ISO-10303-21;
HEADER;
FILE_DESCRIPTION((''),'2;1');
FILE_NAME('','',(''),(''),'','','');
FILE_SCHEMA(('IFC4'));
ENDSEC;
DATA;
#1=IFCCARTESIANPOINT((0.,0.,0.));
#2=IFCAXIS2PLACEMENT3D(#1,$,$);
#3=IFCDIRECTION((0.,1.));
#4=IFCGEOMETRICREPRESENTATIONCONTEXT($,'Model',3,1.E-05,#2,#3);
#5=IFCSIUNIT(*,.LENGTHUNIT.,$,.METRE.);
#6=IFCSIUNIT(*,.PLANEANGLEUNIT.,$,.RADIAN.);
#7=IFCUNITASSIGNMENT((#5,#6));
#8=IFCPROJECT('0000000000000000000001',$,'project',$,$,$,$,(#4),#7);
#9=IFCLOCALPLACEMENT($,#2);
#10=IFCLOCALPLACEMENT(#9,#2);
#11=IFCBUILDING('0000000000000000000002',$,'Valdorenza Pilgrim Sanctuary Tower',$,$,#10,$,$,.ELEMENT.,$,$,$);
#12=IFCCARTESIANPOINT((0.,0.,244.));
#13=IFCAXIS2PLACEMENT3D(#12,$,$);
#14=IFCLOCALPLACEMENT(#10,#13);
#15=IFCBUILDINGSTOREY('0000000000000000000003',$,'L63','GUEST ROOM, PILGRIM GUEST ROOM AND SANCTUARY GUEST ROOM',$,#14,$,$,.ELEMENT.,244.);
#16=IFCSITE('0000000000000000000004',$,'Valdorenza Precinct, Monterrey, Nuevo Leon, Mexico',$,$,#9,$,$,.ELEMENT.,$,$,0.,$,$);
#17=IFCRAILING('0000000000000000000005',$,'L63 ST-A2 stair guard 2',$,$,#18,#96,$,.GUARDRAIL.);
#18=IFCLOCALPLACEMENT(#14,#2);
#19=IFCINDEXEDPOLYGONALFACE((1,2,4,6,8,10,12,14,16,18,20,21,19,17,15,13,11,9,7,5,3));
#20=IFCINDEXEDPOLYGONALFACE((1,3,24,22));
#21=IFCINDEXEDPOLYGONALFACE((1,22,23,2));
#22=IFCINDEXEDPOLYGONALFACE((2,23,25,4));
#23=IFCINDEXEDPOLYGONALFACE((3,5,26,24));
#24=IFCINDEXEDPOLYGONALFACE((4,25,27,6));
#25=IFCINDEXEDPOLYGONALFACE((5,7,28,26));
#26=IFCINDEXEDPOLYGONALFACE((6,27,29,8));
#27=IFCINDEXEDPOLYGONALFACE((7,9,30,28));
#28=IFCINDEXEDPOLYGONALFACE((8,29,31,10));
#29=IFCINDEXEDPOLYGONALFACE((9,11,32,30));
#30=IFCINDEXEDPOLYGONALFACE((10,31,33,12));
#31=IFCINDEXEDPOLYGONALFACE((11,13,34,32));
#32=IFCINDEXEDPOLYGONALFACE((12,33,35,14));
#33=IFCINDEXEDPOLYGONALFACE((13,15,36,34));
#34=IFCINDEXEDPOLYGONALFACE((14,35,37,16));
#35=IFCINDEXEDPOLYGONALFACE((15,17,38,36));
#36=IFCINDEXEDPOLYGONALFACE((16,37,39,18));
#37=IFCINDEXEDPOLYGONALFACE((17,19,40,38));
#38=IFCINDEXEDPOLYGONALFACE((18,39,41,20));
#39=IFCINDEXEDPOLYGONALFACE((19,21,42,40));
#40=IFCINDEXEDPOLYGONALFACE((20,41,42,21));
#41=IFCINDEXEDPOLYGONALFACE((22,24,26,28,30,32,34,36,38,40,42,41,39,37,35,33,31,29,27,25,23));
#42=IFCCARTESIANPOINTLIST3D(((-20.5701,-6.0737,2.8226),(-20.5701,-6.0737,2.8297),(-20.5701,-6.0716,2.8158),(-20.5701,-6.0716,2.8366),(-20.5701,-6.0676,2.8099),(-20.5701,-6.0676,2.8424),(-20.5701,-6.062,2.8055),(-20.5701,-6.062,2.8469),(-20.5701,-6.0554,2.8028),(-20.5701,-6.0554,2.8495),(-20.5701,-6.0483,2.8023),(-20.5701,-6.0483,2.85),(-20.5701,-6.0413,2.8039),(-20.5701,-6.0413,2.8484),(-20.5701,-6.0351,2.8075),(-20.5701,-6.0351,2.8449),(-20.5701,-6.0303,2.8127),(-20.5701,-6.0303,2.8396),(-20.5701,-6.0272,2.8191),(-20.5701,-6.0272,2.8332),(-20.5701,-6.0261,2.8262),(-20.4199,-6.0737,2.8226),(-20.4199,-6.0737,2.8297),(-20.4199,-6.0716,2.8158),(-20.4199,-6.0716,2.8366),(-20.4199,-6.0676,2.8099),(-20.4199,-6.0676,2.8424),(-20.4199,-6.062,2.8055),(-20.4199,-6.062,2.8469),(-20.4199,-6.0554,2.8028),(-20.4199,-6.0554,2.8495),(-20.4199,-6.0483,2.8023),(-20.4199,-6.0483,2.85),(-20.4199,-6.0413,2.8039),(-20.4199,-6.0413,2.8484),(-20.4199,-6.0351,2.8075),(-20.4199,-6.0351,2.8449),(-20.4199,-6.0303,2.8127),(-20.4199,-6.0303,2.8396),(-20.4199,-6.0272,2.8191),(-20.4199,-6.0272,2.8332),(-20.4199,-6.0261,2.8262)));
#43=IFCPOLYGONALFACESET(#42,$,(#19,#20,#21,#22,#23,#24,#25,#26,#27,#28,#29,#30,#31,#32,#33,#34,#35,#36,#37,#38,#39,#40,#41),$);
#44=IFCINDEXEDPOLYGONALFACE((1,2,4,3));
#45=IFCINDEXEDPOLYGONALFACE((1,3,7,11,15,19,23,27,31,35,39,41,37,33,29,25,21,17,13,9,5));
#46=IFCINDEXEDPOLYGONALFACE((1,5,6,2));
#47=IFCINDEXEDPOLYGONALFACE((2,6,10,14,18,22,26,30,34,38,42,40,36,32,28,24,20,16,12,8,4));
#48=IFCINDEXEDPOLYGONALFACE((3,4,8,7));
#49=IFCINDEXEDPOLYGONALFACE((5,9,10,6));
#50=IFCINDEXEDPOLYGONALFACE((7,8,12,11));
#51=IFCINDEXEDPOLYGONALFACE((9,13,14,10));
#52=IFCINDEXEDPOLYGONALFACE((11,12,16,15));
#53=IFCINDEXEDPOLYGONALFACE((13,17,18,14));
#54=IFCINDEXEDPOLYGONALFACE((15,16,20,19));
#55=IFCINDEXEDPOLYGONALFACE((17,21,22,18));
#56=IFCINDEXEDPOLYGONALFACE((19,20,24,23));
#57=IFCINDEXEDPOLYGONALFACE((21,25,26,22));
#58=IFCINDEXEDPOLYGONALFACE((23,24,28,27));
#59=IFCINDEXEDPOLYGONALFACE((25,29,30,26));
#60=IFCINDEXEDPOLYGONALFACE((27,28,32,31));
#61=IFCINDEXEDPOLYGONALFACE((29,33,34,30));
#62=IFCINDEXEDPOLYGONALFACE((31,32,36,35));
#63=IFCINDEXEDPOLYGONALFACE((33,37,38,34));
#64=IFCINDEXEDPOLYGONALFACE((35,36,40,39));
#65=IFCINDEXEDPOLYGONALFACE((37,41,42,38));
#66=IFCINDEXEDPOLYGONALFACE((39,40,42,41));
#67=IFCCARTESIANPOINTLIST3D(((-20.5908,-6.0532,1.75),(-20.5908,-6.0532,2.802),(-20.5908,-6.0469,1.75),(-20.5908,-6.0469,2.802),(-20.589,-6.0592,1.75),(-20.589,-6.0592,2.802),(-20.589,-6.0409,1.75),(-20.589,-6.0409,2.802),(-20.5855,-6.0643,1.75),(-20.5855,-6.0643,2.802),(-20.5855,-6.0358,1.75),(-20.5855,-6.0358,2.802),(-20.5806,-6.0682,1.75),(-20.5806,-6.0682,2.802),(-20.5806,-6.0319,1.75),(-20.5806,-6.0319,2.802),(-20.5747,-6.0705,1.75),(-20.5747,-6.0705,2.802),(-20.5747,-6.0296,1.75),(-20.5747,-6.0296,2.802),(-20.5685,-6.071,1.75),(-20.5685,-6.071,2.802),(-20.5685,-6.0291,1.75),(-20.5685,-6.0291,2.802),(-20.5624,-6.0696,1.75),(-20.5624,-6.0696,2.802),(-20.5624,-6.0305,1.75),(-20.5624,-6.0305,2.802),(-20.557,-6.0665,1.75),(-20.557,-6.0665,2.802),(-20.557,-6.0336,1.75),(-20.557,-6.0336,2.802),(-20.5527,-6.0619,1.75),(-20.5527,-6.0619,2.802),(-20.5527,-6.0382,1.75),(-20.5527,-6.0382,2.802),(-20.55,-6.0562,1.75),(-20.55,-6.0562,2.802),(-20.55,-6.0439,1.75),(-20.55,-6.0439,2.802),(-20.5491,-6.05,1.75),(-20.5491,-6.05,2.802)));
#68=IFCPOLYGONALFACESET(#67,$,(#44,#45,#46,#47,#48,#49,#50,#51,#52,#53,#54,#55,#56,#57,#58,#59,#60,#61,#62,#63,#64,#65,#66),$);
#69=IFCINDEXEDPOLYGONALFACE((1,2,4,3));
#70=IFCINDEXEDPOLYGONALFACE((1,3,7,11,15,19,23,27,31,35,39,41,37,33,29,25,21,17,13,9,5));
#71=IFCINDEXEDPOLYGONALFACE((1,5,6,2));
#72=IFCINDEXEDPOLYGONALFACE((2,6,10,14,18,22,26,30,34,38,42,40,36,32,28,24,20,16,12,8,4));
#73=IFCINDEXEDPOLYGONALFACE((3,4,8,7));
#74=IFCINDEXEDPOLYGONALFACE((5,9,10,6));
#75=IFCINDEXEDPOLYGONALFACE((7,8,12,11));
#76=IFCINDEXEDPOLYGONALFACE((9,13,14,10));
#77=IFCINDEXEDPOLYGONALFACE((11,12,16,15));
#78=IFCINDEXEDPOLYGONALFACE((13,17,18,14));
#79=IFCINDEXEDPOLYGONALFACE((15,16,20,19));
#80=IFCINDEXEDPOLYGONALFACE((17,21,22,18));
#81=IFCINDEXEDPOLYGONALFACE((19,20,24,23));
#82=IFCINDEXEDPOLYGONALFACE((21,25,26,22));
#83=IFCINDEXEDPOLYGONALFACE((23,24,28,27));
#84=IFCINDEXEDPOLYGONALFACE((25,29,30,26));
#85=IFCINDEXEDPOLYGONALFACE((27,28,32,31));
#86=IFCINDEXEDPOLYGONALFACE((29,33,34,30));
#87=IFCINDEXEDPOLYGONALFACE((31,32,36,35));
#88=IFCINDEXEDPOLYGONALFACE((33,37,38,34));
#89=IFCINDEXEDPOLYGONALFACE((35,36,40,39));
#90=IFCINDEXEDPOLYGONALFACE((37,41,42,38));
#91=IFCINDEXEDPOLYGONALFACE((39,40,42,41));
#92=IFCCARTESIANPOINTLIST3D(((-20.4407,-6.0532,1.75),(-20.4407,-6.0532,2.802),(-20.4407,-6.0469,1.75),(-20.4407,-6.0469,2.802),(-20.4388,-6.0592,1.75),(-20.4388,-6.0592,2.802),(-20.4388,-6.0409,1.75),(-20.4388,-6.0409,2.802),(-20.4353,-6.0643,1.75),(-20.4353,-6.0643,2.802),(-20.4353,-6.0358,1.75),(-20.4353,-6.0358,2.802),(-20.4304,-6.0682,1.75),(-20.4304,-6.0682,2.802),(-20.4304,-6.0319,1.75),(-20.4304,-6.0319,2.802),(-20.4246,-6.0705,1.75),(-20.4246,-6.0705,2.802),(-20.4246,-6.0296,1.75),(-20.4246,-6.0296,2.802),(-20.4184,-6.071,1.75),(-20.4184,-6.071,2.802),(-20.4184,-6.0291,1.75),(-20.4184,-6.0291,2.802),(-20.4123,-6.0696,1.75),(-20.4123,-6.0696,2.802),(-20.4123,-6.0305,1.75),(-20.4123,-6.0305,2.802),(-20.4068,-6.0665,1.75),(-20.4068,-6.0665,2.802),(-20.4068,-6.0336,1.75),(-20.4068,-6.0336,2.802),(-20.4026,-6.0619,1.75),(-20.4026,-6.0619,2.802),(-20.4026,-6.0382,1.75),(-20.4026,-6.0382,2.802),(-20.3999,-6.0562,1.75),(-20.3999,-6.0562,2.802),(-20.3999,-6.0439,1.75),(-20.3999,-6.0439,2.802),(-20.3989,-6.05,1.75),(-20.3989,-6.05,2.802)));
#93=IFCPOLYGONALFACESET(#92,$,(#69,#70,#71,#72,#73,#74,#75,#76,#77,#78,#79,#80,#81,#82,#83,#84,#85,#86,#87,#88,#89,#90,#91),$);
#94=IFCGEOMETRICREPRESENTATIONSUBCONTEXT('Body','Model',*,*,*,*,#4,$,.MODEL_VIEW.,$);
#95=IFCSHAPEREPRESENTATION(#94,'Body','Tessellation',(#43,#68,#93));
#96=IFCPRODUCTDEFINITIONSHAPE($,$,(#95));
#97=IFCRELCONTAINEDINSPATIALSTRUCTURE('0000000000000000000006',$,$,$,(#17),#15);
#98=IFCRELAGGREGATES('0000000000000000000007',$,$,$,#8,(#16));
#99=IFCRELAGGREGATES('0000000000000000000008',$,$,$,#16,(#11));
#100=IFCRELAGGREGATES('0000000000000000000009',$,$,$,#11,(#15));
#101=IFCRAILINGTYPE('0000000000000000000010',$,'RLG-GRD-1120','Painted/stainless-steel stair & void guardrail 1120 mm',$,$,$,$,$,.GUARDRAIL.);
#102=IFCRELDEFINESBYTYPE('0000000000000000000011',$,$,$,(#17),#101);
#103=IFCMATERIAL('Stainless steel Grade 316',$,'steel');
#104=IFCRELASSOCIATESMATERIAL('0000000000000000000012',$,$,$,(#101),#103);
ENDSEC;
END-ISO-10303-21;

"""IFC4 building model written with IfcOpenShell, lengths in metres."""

from ifc_helpers import new_model, si_unit, direction, frame, origin, origin_2d, place, context, subcontext, project, spatial, circle, extrude, material, type_object, element, save


model = new_model("IFC4")

# Units and contexts
model_context = context("Model", 3, precision=1e-05, world=origin(), true_north=direction((0.0, 1.0)))
body_context = subcontext(model_context, "Body", "Model", "MODEL_VIEW")
ifc_project = project(units=[si_unit("LENGTHUNIT", "METRE"), si_unit("PLANEANGLEUNIT", "RADIAN")], contexts=[model_context])

# Site, building, storey
site_placement = place(None, origin())
site = spatial("IfcSite", under=ifc_project, at=site_placement, Name="Valdorenza Precinct, Monterrey, Nuevo Leon, Mexico", CompositionType="ELEMENT", RefElevation=0.0)
building_placement = place(site_placement, origin())
building = spatial("IfcBuilding", under=site, at=building_placement, Name="Valdorenza Pilgrim Sanctuary Tower", CompositionType="ELEMENT")
storey_placement = place(building_placement, frame((0.0, 0.0, 244.0)))
storey = spatial("IfcBuildingStorey", under=building, at=storey_placement, Name="L63", Description="GUEST ROOM, PILGRIM GUEST ROOM AND SANCTUARY GUEST ROOM", CompositionType="ELEMENT", Elevation=244.0)

# Railing
ifc_material_1 = material(Name="Stainless steel Grade 316", Category="steel")
railing_type_1 = type_object("IfcRailingType", Name="RLG-GRD-1120", Description="Painted/stainless-steel stair & void guardrail 1120 mm", PredefinedType="GUARDRAIL", material=ifc_material_1)
railing_1_placement = place(storey_placement, frame((-20.5701, -6.05, 1.75)))
element("IfcRailing", 1, at=railing_1_placement, inside=storey, type_object=railing_type_1, Name="L63 ST-A2 stair guard 2", PredefinedType="GUARDRAIL", context=body_context, shape_type="SweptSolid", body=[
    extrude(circle(Radius=0.0239, at=origin_2d()), frame((0.0, 0.0, 1.0762), z_axis=(1.0, 0.0, 0.0), x_axis=(0.0, 1.0, 0.0)), (0.0, 0.0, 1.0), 0.1501),
    extrude(circle(Radius=0.021, at=origin_2d()), origin(), (0.0, 0.0, 1.0), 1.052),
    extrude(circle(Radius=0.021, at=origin_2d()), frame((0.1501, 0.0, 0.0)), (0.0, 0.0, 1.0), 1.052),
])

save(model, "model.ifc")
